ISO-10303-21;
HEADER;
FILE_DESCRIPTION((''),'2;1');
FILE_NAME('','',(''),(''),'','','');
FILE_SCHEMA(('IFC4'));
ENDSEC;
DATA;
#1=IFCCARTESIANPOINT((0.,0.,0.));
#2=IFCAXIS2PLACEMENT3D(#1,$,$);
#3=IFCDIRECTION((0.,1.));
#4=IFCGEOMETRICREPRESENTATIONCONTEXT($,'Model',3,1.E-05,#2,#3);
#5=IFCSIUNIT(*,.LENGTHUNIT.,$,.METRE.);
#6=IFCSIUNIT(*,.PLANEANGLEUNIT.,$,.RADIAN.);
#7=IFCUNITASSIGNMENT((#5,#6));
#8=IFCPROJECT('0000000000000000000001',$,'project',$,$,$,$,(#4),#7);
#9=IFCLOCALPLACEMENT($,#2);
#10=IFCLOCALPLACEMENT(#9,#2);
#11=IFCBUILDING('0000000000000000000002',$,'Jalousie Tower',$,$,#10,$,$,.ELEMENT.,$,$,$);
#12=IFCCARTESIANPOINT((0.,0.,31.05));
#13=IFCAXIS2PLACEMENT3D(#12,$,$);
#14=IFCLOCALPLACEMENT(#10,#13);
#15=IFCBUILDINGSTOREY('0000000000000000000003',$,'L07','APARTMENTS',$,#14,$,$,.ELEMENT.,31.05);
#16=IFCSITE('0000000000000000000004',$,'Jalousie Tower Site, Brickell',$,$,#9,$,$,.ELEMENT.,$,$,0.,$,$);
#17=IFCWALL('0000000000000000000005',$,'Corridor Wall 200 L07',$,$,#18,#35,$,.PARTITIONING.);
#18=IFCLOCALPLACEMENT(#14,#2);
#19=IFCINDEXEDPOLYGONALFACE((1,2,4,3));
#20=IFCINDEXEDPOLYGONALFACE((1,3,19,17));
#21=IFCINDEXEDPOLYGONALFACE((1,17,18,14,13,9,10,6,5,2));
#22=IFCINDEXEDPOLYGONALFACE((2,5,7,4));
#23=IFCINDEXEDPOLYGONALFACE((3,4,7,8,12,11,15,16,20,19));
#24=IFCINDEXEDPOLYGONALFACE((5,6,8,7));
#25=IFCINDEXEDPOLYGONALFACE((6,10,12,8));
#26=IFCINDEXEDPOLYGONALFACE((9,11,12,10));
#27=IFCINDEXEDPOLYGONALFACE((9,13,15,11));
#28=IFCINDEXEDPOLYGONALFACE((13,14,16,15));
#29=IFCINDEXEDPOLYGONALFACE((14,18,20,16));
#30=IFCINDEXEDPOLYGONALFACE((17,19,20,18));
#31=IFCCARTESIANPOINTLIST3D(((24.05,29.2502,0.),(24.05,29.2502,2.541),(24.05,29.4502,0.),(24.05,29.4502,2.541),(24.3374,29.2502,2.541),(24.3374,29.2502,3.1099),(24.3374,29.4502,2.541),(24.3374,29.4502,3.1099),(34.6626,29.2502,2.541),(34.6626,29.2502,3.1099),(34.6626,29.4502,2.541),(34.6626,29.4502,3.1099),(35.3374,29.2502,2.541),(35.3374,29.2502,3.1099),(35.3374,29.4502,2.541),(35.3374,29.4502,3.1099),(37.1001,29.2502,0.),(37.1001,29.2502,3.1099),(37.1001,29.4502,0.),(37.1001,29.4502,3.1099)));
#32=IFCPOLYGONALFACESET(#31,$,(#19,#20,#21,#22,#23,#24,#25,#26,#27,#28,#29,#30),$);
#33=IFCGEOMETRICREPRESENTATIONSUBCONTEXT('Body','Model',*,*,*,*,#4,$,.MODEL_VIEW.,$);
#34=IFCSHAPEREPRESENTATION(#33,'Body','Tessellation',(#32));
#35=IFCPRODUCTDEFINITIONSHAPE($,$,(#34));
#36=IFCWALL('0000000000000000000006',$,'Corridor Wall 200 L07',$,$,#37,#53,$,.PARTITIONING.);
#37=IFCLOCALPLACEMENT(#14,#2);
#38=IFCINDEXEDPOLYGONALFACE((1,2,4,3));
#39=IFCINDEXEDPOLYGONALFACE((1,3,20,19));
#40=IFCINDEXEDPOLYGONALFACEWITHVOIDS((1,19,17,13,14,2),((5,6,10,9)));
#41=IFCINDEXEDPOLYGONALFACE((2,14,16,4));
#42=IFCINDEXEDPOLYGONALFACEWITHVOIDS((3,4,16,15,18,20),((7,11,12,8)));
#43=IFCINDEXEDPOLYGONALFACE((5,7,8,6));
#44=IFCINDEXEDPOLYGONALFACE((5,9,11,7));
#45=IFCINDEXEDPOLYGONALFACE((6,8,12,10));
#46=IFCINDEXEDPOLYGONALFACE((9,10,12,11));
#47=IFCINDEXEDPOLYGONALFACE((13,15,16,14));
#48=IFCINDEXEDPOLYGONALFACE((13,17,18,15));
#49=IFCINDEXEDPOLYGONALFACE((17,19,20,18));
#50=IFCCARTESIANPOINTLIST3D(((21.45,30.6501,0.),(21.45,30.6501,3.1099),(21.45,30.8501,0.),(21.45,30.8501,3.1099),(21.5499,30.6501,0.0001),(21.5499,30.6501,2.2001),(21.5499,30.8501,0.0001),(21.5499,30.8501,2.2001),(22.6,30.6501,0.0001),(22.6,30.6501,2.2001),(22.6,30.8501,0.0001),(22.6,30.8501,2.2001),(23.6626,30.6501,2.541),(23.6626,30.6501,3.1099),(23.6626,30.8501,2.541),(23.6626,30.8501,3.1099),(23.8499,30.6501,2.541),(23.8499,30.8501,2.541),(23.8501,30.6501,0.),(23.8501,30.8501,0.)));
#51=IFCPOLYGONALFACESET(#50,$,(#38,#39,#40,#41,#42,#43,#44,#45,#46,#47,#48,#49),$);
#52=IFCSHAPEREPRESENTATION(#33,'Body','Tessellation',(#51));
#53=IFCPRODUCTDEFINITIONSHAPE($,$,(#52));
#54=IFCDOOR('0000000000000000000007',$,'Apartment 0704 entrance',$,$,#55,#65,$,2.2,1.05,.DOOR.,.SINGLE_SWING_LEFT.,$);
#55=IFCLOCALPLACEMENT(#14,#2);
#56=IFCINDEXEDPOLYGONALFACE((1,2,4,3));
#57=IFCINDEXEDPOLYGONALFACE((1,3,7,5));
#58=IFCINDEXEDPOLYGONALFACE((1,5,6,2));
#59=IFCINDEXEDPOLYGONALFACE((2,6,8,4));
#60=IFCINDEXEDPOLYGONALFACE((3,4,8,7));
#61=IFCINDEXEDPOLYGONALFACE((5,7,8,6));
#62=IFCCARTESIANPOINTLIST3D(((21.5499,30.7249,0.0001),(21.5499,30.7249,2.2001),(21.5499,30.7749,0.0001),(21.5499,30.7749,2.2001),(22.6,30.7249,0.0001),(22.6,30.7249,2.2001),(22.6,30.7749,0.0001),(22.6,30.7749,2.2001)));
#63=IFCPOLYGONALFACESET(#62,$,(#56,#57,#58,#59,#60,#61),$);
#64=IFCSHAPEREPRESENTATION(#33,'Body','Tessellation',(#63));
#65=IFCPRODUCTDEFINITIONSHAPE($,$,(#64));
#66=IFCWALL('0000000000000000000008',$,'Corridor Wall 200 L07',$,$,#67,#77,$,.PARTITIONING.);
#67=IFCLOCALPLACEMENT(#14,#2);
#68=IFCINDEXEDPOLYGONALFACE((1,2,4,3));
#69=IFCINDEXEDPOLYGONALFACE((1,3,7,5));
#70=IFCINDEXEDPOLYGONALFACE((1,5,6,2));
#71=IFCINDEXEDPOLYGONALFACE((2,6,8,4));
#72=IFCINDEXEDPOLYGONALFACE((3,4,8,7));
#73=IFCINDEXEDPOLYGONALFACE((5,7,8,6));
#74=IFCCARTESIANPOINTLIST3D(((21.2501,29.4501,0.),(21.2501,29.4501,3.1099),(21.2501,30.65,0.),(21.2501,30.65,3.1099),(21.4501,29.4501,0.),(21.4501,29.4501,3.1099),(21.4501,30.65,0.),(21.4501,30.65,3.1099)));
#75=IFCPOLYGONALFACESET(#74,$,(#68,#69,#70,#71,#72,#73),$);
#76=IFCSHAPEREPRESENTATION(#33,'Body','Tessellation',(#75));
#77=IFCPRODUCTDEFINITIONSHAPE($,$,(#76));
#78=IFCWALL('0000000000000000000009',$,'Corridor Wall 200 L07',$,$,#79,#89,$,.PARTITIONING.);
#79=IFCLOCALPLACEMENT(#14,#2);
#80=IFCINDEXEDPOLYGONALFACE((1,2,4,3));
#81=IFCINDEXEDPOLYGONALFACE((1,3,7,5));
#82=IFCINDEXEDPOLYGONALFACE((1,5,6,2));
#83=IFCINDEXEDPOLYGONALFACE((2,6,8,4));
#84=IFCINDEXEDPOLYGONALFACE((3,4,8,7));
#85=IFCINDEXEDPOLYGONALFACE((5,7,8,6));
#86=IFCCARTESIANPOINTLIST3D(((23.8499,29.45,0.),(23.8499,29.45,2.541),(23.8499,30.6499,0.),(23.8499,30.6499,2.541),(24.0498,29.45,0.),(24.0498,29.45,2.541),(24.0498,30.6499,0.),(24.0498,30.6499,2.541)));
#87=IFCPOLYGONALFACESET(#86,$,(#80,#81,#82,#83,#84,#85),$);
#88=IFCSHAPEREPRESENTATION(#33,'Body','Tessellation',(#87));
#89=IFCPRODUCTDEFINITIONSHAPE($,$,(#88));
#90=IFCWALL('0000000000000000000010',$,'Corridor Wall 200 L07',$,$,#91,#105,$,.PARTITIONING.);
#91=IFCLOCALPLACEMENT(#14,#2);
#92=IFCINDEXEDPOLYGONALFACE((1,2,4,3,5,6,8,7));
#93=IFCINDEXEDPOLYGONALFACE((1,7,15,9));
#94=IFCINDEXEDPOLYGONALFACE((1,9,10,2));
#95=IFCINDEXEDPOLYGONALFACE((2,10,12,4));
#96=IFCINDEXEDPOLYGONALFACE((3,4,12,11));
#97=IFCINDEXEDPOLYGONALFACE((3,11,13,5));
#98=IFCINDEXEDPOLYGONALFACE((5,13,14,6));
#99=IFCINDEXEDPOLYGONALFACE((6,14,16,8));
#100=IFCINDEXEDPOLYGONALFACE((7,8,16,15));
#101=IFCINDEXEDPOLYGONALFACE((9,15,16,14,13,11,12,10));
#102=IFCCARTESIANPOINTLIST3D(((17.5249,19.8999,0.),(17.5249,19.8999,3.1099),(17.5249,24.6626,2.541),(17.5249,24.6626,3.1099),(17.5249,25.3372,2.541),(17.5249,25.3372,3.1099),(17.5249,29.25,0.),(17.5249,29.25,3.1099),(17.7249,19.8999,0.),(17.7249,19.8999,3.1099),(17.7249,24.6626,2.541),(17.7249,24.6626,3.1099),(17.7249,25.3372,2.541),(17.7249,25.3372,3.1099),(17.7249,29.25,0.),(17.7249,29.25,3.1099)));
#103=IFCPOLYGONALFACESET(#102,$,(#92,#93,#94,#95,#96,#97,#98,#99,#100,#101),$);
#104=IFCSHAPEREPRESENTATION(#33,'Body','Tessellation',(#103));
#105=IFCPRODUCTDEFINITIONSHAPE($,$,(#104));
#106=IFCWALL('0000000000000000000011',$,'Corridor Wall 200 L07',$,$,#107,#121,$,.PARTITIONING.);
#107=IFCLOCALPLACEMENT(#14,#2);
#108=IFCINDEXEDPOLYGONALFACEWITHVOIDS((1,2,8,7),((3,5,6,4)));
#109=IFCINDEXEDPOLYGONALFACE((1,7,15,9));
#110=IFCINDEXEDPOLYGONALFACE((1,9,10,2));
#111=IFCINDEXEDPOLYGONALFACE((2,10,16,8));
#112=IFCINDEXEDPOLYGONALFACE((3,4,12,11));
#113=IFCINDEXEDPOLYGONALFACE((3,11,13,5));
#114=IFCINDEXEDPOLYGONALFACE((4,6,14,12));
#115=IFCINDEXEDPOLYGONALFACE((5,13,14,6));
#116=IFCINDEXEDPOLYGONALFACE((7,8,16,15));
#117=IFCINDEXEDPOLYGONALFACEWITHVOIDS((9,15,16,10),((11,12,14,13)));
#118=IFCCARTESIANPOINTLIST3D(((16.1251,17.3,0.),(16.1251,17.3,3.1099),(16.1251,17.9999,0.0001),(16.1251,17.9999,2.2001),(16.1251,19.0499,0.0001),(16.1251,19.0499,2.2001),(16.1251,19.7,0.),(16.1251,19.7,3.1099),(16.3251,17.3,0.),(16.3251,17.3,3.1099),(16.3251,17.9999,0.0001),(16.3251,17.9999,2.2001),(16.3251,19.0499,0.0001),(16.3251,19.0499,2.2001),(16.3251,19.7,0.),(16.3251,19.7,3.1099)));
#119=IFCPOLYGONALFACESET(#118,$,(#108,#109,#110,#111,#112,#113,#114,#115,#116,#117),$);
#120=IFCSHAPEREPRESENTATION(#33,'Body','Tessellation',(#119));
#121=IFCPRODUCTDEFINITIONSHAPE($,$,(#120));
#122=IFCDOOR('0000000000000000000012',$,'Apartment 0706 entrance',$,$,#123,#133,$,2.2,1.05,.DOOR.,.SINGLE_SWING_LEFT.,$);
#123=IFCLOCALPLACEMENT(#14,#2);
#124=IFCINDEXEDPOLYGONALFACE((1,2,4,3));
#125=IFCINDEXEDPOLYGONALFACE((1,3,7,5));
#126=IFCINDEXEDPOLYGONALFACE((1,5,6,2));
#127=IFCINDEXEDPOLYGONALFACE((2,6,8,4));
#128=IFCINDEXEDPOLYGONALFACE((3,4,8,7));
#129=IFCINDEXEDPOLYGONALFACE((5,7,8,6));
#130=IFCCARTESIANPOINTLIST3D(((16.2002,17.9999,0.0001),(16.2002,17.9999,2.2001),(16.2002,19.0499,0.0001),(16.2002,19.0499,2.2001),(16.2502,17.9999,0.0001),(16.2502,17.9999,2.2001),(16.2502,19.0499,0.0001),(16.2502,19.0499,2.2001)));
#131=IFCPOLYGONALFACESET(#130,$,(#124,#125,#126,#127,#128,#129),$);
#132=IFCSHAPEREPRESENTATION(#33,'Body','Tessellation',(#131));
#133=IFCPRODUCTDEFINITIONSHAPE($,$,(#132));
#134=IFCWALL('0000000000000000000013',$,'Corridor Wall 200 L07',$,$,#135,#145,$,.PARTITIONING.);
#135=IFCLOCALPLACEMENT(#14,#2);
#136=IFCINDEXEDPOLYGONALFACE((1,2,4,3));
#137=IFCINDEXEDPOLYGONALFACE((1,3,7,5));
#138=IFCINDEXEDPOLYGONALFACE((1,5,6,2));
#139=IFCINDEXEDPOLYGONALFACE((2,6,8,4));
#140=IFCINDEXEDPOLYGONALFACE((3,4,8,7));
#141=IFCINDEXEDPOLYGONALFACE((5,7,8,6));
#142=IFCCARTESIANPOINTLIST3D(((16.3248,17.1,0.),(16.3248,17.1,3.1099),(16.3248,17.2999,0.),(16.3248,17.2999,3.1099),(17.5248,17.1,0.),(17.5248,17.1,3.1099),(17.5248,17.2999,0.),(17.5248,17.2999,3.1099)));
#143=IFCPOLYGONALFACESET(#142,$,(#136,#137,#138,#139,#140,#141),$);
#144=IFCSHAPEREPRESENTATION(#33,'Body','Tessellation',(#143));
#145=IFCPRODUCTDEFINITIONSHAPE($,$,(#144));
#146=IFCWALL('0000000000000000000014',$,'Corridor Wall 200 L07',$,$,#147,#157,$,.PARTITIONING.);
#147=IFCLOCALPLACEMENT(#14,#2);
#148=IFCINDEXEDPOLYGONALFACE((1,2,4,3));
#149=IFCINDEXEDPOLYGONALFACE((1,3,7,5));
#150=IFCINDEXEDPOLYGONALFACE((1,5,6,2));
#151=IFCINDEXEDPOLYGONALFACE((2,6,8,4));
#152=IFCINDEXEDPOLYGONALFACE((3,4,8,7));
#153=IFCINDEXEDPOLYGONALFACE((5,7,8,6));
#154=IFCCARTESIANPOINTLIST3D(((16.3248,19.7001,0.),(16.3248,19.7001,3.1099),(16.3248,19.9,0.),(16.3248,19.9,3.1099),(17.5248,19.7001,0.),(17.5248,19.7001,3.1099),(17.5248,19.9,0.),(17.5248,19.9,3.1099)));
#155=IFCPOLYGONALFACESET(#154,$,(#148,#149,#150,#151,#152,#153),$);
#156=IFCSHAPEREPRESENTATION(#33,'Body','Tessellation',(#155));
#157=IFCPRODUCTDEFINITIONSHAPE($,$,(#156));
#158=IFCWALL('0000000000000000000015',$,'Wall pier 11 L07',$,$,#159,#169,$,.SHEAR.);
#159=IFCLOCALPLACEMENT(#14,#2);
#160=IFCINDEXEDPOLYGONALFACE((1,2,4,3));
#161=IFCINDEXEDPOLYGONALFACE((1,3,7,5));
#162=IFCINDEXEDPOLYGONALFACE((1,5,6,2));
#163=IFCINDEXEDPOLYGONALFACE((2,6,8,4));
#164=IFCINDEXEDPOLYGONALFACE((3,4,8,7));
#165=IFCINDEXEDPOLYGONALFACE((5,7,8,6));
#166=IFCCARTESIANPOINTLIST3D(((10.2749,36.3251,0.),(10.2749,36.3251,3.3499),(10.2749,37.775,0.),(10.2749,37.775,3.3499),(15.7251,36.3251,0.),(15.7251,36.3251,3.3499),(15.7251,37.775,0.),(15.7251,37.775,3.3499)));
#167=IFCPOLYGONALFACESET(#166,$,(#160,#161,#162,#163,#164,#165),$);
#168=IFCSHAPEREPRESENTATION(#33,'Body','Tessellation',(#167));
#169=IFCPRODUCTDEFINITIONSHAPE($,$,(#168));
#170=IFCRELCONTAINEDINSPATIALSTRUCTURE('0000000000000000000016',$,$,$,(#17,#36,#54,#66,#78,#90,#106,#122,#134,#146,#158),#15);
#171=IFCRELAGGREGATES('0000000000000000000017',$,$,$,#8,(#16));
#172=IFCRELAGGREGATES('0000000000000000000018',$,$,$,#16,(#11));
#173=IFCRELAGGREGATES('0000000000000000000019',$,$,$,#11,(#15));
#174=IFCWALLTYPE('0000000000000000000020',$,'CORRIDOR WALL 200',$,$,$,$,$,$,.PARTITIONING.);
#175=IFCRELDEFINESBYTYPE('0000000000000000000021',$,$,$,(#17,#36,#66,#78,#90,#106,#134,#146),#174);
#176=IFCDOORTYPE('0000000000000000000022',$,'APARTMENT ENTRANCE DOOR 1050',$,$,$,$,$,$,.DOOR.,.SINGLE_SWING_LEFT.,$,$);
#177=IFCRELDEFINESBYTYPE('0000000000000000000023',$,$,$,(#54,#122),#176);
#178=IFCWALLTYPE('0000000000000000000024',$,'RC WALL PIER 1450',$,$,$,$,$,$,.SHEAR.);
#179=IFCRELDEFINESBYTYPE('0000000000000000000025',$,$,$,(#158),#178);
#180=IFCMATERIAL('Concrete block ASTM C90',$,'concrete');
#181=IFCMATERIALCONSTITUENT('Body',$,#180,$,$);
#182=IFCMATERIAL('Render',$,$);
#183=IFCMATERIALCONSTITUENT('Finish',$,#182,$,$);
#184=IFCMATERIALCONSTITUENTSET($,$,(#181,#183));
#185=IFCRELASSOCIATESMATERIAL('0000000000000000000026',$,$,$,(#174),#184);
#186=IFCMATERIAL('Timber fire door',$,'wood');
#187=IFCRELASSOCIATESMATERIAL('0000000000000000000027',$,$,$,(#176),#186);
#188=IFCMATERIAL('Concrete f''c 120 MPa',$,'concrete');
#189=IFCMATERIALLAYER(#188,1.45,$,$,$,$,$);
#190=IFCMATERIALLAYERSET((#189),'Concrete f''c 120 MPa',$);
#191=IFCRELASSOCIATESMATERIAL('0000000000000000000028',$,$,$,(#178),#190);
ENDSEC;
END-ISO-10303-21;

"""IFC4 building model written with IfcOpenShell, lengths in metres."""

from ifc_helpers import new_model, si_unit, direction, frame, frame_2d, origin, place, context, subcontext, project, spatial, polyline, rectangle, outline, extrude, material, layer, layer_set, constituent, constituent_set, type_object, element, fill, save


model = new_model("IFC4")

# Units and contexts
model_context = context("Model", 3, precision=1e-05, world=origin(), true_north=direction((0.0, 1.0)))
body_context = subcontext(model_context, "Body", "Model", "MODEL_VIEW")
ifc_project = project(units=[si_unit("LENGTHUNIT", "METRE"), si_unit("PLANEANGLEUNIT", "RADIAN")], contexts=[model_context])

# Site, building, storey
site_placement = place(None, origin())
site = spatial("IfcSite", under=ifc_project, at=site_placement, Name="Jalousie Tower Site, Brickell", CompositionType="ELEMENT", RefElevation=0.0)
building_placement = place(site_placement, origin())
building = spatial("IfcBuilding", under=site, at=building_placement, Name="Jalousie Tower", CompositionType="ELEMENT")
storey_placement = place(building_placement, frame((0.0, 0.0, 31.05)))
storey = spatial("IfcBuildingStorey", under=building, at=storey_placement, Name="L07", Description="APARTMENTS", CompositionType="ELEMENT", Elevation=31.05)

# Wall
ifc_material_1 = material(Name="Concrete block ASTM C90", Category="concrete")
ifc_constituent_1 = constituent(ifc_material_1, Name="Body")
ifc_material_2 = material(Name="Render")
ifc_constituent_2 = constituent(ifc_material_2, Name="Finish")
ifc_constituent_set_1 = constituent_set(constituents=[ifc_constituent_1, ifc_constituent_2])
wall_type_1 = type_object("IfcWallType", Name="CORRIDOR WALL 200", PredefinedType="PARTITIONING", material=ifc_constituent_set_1)
wall_1_placement = place(storey_placement, frame((24.05, 29.3501, 0.0), z_axis=(0.0, 0.0, 1.0), x_axis=(1.0, 0.0, 0.0)))
element("IfcWall", 1, at=wall_1_placement, inside=storey, type_object=wall_type_1, Name="Corridor Wall 200 L07", PredefinedType="PARTITIONING", context=body_context, shape_type="SweptSolid", body=[
    extrude(outline(polyline([(0.0, 0.0), (13.05, 0.0), (13.05, 3.1099), (11.2874, 3.1099), (11.2874, 2.541), (10.6125, 2.541), (10.6125, 3.1099), (0.2874, 3.1099), (0.2874, 2.541), (0.0, 2.541), (0.0, 3.1099), (0.0, 0.0)])), frame((0.0, 0.1001, 0.0), z_axis=(0.0, -1.0, 0.0), x_axis=(1.0, 0.0, 0.0)), (0.0, 0.0, 1.0), 0.2),
])

# Wall, opening, door
wall_2_placement = place(storey_placement, frame((21.45, 30.75, 0.0), z_axis=(0.0, 0.0, 1.0), x_axis=(1.0, 0.0, 0.0)))
wall_2 = element("IfcWall", 2, at=wall_2_placement, inside=storey, type_object=wall_type_1, Name="Corridor Wall 200 L07", PredefinedType="PARTITIONING", context=body_context, shape_type="SweptSolid", body=[
    extrude(outline(polyline([(0.0, 0.0), (2.4001, 0.0), (2.3999, 3.1099), (2.3999, 2.541), (2.2126, 2.541), (2.2126, 3.1099), (0.0, 3.1099), (0.0, 0.0)])), frame((0.0, 0.1001, 0.0), z_axis=(0.0, -1.0, 0.0), x_axis=(1.0, 0.0, 0.0)), (0.0, 0.0, 1.0), 0.2),
])
opening_1_placement = place(wall_2_placement, frame((0.1001, 0.0, 0.0)))
opening_1 = element("IfcOpeningElement", 3, at=opening_1_placement, cuts=wall_2, PredefinedType="OPENING", context=body_context, shape_type="SweptSolid", body=[
    extrude(rectangle(XDim=1.05, YDim=2.2, at=frame_2d((0.5249, 1.1001))), frame((0.0, 0.1099, 0.0), z_axis=(0.0, -1.0, 0.0), x_axis=(1.0, 0.0, 0.0)), (0.0, 0.0, 1.0), 0.22),
])
ifc_material_3 = material(Name="Timber fire door", Category="wood")
door_type_1 = type_object("IfcDoorType", Name="APARTMENT ENTRANCE DOOR 1050", OperationType="SINGLE_SWING_LEFT", PredefinedType="DOOR", material=ifc_material_3)
door_1_placement = place(opening_1_placement, origin())
door_1 = element("IfcDoor", 4, at=door_1_placement, inside=storey, type_object=door_type_1, Name="Apartment 0704 entrance", OperationType="SINGLE_SWING_LEFT", OverallHeight=2.2, OverallWidth=1.05, PredefinedType="DOOR", context=body_context, shape_type="SweptSolid", body=[
    extrude(rectangle(XDim=1.05, YDim=2.2, at=frame_2d((0.5249, 1.1001))), frame((0.0, 0.0249, 0.0), z_axis=(0.0, -1.0, 0.0), x_axis=(1.0, 0.0, 0.0)), (0.0, 0.0, 1.0), 0.05),
])
fill(opening_1, door_1)

# Walls
wall_3_placement = place(storey_placement, frame((21.3501, 29.45, 0.0), z_axis=(0.0, 0.0, 1.0), x_axis=(0.0, 1.0, 0.0)))
element("IfcWall", 5, at=wall_3_placement, inside=storey, type_object=wall_type_1, Name="Corridor Wall 200 L07", PredefinedType="PARTITIONING", context=body_context, shape_type="SweptSolid", body=[
    extrude(rectangle(XDim=1.2, YDim=0.2, at=frame_2d((0.6001, 0.0))), origin(), (0.0, 0.0, 1.0), 3.1099),
])
wall_4_placement = place(storey_placement, frame((23.95, 29.45, 0.0), z_axis=(0.0, 0.0, 1.0), x_axis=(0.0, 1.0, 0.0)))
element("IfcWall", 6, at=wall_4_placement, inside=storey, type_object=wall_type_1, Name="Corridor Wall 200 L07", PredefinedType="PARTITIONING", context=body_context, shape_type="SweptSolid", body=[
    extrude(outline(polyline([(0.0, 0.0), (1.2, 0.0), (1.2, 3.1099), (1.2, 2.541), (0.0, 2.541), (0.0, 3.1099), (0.0, 0.0)])), frame((0.0, 0.1001, 0.0), z_axis=(0.0, -1.0, 0.0), x_axis=(1.0, 0.0, 0.0)), (0.0, 0.0, 1.0), 0.2),
])
wall_5_placement = place(storey_placement, frame((17.625, 19.8999, 0.0), z_axis=(0.0, 0.0, 1.0), x_axis=(0.0, 1.0, 0.0)))
element("IfcWall", 7, at=wall_5_placement, inside=storey, type_object=wall_type_1, Name="Corridor Wall 200 L07", PredefinedType="PARTITIONING", context=body_context, shape_type="SweptSolid", body=[
    extrude(outline(polyline([(0.0, 0.0), (9.3501, 0.0), (9.3501, 3.1099), (5.4373, 3.1099), (5.4373, 2.541), (4.7627, 2.541), (4.7627, 3.1099), (0.0, 3.1099), (0.0, 0.0)])), frame((0.0, 0.1001, 0.0), z_axis=(0.0, -1.0, 0.0), x_axis=(1.0, 0.0, 0.0)), (0.0, 0.0, 1.0), 0.2),
])

# Wall, opening, door
wall_6_placement = place(storey_placement, frame((16.2251, 17.3, 0.0), z_axis=(0.0, 0.0, 1.0), x_axis=(0.0, 1.0, 0.0)))
wall_6 = element("IfcWall", 8, at=wall_6_placement, inside=storey, type_object=wall_type_1, Name="Corridor Wall 200 L07", PredefinedType="PARTITIONING", context=body_context, shape_type="SweptSolid", body=[
    extrude(rectangle(XDim=2.3999, YDim=0.2, at=frame_2d((1.2, 0.0))), origin(), (0.0, 0.0, 1.0), 3.1099),
])
opening_2_placement = place(wall_6_placement, frame((0.7, 0.0, 0.0)))
opening_2 = element("IfcOpeningElement", 9, at=opening_2_placement, cuts=wall_6, PredefinedType="OPENING", context=body_context, shape_type="SweptSolid", body=[
    extrude(rectangle(XDim=1.05, YDim=2.2, at=frame_2d((0.5249, 1.1001))), frame((0.0, 0.1099, 0.0), z_axis=(0.0, -1.0, 0.0), x_axis=(1.0, 0.0, 0.0)), (0.0, 0.0, 1.0), 0.22),
])
door_2_placement = place(opening_2_placement, origin())
door_2 = element("IfcDoor", 10, at=door_2_placement, inside=storey, type_object=door_type_1, Name="Apartment 0706 entrance", OperationType="SINGLE_SWING_LEFT", OverallHeight=2.2, OverallWidth=1.05, PredefinedType="DOOR", context=body_context, shape_type="SweptSolid", body=[
    extrude(rectangle(XDim=1.05, YDim=2.2, at=frame_2d((0.5249, 1.1001))), frame((0.0, 0.0249, 0.0), z_axis=(0.0, -1.0, 0.0), x_axis=(1.0, 0.0, 0.0)), (0.0, 0.0, 1.0), 0.05),
])
fill(opening_2, door_2)

# Walls
for number, where, z_axis, x_axis, name in (
    (11, (17.5249, 17.2, 0.0), (0.0, 0.0, 1.0), (-1.0, 0.0, 0.0), "Corridor Wall 200 L07"),
    (12, (17.5249, 19.8, 0.0), (0.0, 0.0, 1.0), (-1.0, 0.0, 0.0), "Corridor Wall 200 L07"),
):
    element("IfcWall", number, at=place(storey_placement, frame(where, z_axis=z_axis, x_axis=x_axis)), inside=storey, type_object=wall_type_1, Name=name, PredefinedType="PARTITIONING", context=body_context, shape_type="SweptSolid", body=[
        extrude(rectangle(XDim=1.2, YDim=0.2, at=frame_2d((0.6001, 0.0))), origin(), (0.0, 0.0, 1.0), 3.1099),
    ])
ifc_material_4 = material(Name="Concrete f'c 120 MPa", Category="concrete")
ifc_layer_1 = layer(ifc_material_4, 1.45)
ifc_layer_set_1 = layer_set([ifc_layer_1], Name="Concrete f'c 120 MPa")
wall_type_2 = type_object("IfcWallType", Name="RC WALL PIER 1450", PredefinedType="SHEAR", material=ifc_layer_set_1)
wall_7_placement = place(storey_placement, frame((10.2749, 37.05, 0.0), z_axis=(0.0, 0.0, 1.0), x_axis=(1.0, 0.0, 0.0)))
element("IfcWall", 13, at=wall_7_placement, inside=storey, type_object=wall_type_2, Name="Wall pier 11 L07", PredefinedType="SHEAR", context=body_context, shape_type="SweptSolid", body=[
    extrude(rectangle(XDim=5.4502, YDim=1.45, at=frame_2d((2.7251, 0.0))), origin(), (0.0, 0.0, 1.0), 3.3499),
])

save(model, "model.ifc")
